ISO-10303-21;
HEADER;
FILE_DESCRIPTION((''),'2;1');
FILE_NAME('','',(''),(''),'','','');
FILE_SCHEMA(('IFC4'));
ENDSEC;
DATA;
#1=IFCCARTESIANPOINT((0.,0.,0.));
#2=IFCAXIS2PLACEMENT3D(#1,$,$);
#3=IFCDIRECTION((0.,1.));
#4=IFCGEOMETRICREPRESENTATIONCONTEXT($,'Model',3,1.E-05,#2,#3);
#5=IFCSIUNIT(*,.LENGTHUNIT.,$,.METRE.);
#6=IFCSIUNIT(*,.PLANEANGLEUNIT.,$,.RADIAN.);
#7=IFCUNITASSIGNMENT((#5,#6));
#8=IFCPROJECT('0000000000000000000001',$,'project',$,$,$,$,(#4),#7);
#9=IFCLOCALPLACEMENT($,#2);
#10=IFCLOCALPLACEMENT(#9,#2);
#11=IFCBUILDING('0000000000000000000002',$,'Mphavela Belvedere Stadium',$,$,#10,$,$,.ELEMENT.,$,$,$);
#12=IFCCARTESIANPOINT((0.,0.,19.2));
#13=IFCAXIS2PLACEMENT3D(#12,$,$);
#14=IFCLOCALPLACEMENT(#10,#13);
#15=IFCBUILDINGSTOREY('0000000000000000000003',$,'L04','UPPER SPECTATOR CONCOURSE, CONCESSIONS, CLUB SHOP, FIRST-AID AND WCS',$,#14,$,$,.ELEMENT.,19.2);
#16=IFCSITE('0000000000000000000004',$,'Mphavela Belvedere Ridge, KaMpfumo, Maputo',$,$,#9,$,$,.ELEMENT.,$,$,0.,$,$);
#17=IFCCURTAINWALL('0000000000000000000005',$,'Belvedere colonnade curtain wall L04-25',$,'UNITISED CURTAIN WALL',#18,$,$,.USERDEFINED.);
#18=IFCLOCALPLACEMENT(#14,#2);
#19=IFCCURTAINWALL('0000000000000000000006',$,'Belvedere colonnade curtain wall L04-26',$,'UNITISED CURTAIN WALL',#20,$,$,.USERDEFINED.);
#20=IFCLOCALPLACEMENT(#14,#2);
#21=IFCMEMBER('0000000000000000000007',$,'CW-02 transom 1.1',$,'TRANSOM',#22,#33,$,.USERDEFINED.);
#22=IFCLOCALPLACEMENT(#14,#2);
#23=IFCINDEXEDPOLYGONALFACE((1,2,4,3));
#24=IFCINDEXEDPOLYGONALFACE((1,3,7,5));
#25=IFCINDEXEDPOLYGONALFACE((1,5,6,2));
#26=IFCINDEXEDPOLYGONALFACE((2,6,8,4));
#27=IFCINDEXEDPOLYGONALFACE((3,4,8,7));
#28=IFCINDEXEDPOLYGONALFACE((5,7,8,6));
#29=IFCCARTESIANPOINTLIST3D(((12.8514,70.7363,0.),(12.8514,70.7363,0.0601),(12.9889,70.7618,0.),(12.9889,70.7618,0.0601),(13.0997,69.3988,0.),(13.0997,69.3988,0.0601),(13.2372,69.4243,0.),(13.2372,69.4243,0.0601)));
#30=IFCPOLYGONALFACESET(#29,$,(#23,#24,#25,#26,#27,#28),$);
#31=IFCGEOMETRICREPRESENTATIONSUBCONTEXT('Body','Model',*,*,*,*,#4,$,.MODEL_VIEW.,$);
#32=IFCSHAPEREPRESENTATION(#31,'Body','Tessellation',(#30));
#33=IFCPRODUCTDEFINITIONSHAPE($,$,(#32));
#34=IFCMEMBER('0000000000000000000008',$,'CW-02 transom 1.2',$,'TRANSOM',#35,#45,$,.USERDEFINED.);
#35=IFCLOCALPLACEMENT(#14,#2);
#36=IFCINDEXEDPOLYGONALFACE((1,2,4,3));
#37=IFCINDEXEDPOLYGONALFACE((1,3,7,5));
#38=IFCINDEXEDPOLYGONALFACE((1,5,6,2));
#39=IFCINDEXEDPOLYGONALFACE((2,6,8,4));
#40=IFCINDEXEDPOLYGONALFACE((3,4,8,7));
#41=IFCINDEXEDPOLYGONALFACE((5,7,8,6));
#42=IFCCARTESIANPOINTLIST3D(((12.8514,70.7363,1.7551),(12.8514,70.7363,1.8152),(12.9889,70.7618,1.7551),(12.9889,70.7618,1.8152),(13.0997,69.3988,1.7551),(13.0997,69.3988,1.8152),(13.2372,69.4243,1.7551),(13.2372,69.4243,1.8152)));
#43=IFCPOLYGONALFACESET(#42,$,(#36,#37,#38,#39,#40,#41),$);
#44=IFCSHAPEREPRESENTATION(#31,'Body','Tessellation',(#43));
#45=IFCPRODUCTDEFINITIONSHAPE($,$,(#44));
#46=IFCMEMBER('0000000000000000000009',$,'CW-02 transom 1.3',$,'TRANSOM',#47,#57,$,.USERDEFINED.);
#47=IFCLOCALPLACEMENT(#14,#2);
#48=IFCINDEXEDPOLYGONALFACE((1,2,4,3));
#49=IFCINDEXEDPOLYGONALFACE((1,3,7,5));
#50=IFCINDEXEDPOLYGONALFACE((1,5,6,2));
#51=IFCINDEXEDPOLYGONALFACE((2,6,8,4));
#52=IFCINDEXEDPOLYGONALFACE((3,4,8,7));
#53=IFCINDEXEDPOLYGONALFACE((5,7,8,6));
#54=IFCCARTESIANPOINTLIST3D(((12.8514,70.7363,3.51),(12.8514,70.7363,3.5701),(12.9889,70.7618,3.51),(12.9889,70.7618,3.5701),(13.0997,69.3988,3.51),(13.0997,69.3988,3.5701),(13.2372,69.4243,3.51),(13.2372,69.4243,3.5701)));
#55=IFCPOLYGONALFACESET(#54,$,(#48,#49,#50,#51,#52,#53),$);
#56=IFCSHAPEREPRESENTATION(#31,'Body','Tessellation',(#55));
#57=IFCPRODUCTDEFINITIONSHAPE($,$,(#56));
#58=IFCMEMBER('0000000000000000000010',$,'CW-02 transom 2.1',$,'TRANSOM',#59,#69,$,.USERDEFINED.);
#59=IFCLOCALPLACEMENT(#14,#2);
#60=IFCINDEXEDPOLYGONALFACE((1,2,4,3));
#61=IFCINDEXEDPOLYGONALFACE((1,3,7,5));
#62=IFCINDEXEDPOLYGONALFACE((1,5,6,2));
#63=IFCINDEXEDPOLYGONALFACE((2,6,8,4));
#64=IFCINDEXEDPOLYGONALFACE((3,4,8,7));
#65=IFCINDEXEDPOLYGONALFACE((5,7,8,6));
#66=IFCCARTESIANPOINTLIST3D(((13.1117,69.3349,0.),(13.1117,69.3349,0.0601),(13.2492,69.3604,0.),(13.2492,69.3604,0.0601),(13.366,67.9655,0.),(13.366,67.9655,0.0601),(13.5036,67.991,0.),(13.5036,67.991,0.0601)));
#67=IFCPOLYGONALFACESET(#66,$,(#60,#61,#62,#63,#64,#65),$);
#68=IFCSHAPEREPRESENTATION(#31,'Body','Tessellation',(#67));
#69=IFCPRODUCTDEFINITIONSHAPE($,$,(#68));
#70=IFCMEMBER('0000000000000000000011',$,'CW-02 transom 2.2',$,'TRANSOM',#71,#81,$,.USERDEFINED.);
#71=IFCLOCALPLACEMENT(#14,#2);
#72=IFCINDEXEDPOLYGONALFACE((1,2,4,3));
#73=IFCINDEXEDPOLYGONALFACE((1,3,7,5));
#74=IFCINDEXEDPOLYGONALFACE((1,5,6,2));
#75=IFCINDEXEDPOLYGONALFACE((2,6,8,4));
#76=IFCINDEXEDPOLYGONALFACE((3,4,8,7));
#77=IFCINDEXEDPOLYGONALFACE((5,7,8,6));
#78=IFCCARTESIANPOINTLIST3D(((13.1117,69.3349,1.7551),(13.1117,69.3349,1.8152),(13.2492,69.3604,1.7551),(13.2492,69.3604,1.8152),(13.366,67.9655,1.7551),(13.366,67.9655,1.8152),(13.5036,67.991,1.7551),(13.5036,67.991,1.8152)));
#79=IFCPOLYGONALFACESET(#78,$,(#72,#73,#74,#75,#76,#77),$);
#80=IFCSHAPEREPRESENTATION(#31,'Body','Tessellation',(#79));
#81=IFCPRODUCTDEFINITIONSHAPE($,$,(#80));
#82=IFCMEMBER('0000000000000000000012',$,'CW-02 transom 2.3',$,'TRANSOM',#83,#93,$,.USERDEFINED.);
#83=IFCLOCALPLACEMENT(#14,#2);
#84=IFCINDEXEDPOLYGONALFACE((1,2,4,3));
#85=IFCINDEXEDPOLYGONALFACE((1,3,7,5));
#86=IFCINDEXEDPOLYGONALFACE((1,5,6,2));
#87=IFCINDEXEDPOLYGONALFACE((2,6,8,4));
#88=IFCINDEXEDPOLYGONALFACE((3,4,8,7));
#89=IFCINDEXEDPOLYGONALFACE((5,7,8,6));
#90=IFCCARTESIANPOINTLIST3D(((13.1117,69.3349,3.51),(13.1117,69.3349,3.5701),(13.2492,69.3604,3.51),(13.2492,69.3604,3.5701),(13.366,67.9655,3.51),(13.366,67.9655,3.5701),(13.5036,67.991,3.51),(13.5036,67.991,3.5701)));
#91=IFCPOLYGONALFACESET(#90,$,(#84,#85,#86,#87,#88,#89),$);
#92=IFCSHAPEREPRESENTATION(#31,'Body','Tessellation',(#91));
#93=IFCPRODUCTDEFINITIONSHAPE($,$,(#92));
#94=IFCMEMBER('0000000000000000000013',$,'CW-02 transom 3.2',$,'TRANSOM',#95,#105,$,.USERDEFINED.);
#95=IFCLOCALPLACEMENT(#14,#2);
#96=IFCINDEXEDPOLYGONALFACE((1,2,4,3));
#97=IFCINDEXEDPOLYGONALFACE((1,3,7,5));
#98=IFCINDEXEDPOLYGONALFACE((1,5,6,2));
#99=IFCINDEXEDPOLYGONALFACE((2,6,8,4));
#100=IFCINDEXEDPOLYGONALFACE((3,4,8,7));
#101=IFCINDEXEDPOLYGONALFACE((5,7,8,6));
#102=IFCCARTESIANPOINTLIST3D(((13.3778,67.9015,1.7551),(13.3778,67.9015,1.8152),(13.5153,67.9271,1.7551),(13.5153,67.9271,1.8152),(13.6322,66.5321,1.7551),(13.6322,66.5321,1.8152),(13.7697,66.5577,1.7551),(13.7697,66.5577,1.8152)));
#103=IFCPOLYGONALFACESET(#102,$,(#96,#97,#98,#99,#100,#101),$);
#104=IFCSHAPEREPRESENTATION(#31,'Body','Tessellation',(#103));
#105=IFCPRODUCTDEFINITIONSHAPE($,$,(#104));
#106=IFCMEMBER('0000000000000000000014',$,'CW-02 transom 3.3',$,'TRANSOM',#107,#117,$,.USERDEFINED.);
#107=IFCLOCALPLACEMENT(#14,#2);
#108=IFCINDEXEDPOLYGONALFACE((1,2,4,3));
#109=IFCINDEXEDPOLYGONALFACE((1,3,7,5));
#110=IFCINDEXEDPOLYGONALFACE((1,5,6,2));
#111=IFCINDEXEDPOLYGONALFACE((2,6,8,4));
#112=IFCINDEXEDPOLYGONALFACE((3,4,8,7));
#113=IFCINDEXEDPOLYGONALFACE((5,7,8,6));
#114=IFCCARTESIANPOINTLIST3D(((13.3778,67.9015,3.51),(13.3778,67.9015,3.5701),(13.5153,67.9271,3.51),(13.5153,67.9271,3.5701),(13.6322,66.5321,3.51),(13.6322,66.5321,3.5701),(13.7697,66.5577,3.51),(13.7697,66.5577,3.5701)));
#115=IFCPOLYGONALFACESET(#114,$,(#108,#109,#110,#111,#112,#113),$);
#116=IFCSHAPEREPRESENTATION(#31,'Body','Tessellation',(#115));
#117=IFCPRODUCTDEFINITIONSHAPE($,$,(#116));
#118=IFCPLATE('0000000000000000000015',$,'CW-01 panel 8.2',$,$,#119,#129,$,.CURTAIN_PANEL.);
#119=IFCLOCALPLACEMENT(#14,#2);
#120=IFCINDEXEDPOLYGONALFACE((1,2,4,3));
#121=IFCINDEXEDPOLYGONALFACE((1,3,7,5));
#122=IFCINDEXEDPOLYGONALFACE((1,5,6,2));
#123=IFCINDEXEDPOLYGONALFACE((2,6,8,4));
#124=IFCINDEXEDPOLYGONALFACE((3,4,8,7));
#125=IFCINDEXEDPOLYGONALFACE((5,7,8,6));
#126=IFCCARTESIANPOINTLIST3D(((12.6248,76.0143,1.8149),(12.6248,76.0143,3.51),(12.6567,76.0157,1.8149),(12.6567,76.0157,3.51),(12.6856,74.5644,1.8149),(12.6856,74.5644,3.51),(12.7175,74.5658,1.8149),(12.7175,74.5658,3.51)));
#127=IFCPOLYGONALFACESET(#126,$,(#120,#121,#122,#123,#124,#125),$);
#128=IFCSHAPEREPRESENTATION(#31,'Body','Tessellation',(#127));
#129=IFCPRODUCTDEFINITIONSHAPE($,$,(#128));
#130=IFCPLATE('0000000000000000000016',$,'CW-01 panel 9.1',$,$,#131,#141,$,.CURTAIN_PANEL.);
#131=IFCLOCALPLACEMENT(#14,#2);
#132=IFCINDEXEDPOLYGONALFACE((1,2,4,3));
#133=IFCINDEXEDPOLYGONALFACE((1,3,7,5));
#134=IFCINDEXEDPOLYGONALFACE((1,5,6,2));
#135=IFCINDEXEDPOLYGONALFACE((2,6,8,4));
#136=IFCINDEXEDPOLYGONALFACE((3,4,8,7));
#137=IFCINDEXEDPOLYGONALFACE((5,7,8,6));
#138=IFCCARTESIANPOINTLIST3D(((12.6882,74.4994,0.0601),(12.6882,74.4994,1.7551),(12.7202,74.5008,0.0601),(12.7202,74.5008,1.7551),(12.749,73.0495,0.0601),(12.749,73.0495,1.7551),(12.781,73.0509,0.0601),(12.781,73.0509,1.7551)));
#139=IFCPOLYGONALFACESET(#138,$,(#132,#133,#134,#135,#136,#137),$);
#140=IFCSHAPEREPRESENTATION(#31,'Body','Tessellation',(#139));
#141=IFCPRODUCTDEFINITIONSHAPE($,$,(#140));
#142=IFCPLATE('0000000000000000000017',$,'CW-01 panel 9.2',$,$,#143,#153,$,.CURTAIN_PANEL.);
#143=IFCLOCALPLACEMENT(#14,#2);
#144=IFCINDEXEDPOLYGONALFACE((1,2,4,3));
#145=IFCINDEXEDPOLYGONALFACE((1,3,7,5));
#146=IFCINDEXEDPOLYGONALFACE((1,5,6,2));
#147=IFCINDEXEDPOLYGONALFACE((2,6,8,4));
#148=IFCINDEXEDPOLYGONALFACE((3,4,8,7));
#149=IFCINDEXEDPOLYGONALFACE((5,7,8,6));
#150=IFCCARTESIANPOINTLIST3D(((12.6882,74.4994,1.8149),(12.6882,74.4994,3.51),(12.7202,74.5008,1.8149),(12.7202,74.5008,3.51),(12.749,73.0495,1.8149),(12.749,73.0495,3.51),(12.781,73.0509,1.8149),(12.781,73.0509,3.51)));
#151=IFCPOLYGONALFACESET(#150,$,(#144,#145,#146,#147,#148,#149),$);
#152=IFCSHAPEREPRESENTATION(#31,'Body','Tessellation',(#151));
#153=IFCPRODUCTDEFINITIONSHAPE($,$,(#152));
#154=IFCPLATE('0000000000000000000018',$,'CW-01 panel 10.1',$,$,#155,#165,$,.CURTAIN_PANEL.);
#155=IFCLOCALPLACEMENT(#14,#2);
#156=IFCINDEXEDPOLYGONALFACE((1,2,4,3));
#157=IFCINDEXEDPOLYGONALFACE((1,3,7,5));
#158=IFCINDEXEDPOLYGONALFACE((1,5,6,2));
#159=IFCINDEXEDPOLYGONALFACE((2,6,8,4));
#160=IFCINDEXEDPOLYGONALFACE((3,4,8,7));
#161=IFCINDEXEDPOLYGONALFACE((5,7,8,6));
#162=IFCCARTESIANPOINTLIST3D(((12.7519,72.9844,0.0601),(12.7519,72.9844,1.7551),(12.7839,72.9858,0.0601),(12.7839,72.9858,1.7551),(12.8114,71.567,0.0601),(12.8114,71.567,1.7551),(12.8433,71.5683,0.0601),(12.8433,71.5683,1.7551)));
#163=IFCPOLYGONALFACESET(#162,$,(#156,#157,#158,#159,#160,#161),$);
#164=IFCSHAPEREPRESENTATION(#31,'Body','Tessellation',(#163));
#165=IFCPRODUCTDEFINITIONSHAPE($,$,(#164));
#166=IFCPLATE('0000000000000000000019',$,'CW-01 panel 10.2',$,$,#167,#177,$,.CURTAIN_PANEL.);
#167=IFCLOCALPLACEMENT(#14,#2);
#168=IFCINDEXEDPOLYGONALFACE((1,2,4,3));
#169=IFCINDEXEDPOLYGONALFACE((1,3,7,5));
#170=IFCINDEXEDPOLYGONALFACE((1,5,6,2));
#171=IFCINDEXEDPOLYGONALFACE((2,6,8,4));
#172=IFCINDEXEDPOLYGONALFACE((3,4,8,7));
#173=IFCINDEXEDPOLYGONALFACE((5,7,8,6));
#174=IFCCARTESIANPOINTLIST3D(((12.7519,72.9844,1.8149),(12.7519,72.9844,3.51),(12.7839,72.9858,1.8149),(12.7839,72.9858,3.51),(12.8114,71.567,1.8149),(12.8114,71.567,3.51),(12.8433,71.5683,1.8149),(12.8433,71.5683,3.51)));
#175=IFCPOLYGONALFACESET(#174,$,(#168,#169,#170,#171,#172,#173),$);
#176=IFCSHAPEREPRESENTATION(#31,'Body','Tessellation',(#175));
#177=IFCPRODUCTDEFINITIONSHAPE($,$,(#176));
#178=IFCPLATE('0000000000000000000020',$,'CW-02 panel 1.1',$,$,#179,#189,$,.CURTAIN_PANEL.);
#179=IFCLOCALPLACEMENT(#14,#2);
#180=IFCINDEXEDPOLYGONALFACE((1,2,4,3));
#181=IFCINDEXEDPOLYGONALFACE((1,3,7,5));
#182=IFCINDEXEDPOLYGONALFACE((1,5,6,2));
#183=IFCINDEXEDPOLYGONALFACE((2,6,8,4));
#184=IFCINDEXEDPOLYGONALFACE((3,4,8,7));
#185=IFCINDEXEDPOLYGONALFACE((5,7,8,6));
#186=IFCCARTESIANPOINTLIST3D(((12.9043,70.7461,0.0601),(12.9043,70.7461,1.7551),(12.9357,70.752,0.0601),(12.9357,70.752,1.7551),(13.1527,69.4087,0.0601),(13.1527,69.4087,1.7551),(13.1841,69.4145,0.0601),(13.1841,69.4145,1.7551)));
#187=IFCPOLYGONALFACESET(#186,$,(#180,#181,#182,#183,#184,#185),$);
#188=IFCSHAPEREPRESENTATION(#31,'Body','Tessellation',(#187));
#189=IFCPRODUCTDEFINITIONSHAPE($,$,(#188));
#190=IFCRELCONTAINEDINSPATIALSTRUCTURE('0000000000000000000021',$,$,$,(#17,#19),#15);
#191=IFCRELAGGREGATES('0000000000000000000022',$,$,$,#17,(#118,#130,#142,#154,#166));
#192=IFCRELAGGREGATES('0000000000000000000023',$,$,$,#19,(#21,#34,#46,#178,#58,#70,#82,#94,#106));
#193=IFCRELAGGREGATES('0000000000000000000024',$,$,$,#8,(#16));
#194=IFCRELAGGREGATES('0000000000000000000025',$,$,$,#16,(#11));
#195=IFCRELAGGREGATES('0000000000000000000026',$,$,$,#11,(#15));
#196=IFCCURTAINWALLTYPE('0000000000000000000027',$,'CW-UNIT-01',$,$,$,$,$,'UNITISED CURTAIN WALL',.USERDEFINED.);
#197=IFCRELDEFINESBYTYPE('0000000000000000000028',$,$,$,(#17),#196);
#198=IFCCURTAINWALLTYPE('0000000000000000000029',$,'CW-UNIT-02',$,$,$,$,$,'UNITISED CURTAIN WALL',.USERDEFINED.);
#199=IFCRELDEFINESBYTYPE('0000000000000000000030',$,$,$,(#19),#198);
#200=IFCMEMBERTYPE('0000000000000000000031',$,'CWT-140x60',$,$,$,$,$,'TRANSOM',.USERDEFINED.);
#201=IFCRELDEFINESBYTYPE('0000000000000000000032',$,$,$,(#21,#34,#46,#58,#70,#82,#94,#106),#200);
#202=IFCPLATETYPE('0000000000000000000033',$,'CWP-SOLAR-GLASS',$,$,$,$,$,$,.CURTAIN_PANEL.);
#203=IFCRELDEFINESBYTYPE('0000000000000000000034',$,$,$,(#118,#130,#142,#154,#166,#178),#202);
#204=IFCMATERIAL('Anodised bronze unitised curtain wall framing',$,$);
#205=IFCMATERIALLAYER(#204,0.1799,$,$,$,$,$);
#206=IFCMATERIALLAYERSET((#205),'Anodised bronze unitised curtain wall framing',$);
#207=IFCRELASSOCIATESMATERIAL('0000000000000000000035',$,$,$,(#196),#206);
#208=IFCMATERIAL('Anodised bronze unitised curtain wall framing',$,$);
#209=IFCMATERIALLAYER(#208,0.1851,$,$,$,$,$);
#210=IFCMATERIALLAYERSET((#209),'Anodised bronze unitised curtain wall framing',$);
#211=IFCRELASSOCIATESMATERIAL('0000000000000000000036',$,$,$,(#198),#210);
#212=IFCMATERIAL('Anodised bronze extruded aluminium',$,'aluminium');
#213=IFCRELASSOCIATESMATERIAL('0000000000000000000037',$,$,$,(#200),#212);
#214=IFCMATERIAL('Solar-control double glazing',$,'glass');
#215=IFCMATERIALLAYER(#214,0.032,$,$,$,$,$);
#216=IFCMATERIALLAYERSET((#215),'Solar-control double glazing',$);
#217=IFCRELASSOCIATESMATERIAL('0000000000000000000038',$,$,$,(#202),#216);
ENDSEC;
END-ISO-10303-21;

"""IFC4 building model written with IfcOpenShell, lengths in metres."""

from ifc_helpers import new_model, si_unit, direction, frame, origin, origin_2d, place, context, subcontext, project, spatial, rectangle, extrude, material, layer, layer_set, material_profile, profile_set, type_object, element, aggregate, save


model = new_model("IFC4")

# Units and contexts
model_context = context("Model", 3, precision=1e-05, world=origin(), true_north=direction((0.0, 1.0)))
body_context = subcontext(model_context, "Body", "Model", "MODEL_VIEW")
ifc_project = project(units=[si_unit("LENGTHUNIT", "METRE"), si_unit("PLANEANGLEUNIT", "RADIAN")], contexts=[model_context])

# Site, building, storey
site_placement = place(None, origin())
site = spatial("IfcSite", under=ifc_project, at=site_placement, Name="Mphavela Belvedere Ridge, KaMpfumo, Maputo", CompositionType="ELEMENT", RefElevation=0.0)
building_placement = place(site_placement, origin())
building = spatial("IfcBuilding", under=site, at=building_placement, Name="Mphavela Belvedere Stadium", CompositionType="ELEMENT")
storey_placement = place(building_placement, frame((0.0, 0.0, 19.2)))
storey = spatial("IfcBuildingStorey", under=building, at=storey_placement, Name="L04", Description="UPPER SPECTATOR CONCOURSE, CONCESSIONS, CLUB SHOP, FIRST-AID AND WCS", CompositionType="ELEMENT", Elevation=19.2)

# Curtain walls
ifc_material_1 = material(Name="Anodised bronze unitised curtain wall framing")
ifc_layer_1 = layer(ifc_material_1, 0.1799)
ifc_layer_set_1 = layer_set([ifc_layer_1], Name="Anodised bronze unitised curtain wall framing")
curtain_wall_type_1 = type_object("IfcCurtainWallType", Name="CW-UNIT-01", ElementType="UNITISED CURTAIN WALL", PredefinedType="USERDEFINED", material=ifc_layer_set_1)
curtain_wall_1_placement = place(storey_placement, origin())
curtain_wall_1 = element("IfcCurtainWall", 1, at=curtain_wall_1_placement, inside=storey, type_object=curtain_wall_type_1, Name="Belvedere colonnade curtain wall L04-25", ObjectType="UNITISED CURTAIN WALL", PredefinedType="USERDEFINED")
ifc_material_2 = material(Name="Anodised bronze unitised curtain wall framing")
ifc_layer_2 = layer(ifc_material_2, 0.1851)
ifc_layer_set_2 = layer_set([ifc_layer_2], Name="Anodised bronze unitised curtain wall framing")
curtain_wall_type_2 = type_object("IfcCurtainWallType", Name="CW-UNIT-02", ElementType="UNITISED CURTAIN WALL", PredefinedType="USERDEFINED", material=ifc_layer_set_2)
curtain_wall_2_placement = place(storey_placement, origin())
curtain_wall_2 = element("IfcCurtainWall", 2, at=curtain_wall_2_placement, inside=storey, type_object=curtain_wall_type_2, Name="Belvedere colonnade curtain wall L04-26", ObjectType="UNITISED CURTAIN WALL", PredefinedType="USERDEFINED")

# Members
ifc_material_3 = material(Name="Anodised bronze extruded aluminium", Category="aluminium")
ifc_material_profile_1 = material_profile(ifc_material_3, rectangle(XDim=0.1399, YDim=0.0601, at=origin_2d()), Name="CW-TRN 140x60")
ifc_profile_set_1 = profile_set([ifc_material_profile_1], Name="Anodised bronze extruded aluminium")
member_type_1 = type_object("IfcMemberType", Name="CWT-140x60", ElementType="TRANSOM", PredefinedType="USERDEFINED", material=ifc_profile_set_1)
member_1_placement = place(storey_placement, frame((12.9202, 70.749, 0.03), z_axis=(0.182533, -0.9832, 0.0), x_axis=(0.9832, 0.182533, 0.0)))
member_1 = element("IfcMember", 3, at=member_1_placement, type_object=member_type_1, Name="CW-02 transom 1.1", ObjectType="TRANSOM", PredefinedType="USERDEFINED", context=body_context, shape_type="SweptSolid", body=[
    extrude(rectangle(XDim=0.1399, YDim=0.0601, at=origin_2d()), origin(), (0.0, 0.0, 1.0), 1.3604),
])
member_2_placement = place(storey_placement, frame((12.9202, 70.749, 1.7852), z_axis=(0.182533, -0.9832, 0.0), x_axis=(0.9832, 0.182533, 0.0)))
member_2 = element("IfcMember", 4, at=member_2_placement, type_object=member_type_1, Name="CW-02 transom 1.2", ObjectType="TRANSOM", PredefinedType="USERDEFINED", context=body_context, shape_type="SweptSolid", body=[
    extrude(rectangle(XDim=0.1399, YDim=0.0601, at=origin_2d()), origin(), (0.0, 0.0, 1.0), 1.3604),
])
member_3_placement = place(storey_placement, frame((12.9202, 70.749, 3.54), z_axis=(0.182533, -0.9832, 0.0), x_axis=(0.9832, 0.182533, 0.0)))
member_3 = element("IfcMember", 5, at=member_3_placement, type_object=member_type_1, Name="CW-02 transom 1.3", ObjectType="TRANSOM", PredefinedType="USERDEFINED", context=body_context, shape_type="SweptSolid", body=[
    extrude(rectangle(XDim=0.1399, YDim=0.0601, at=origin_2d()), origin(), (0.0, 0.0, 1.0), 1.3604),
])
member_4_placement = place(storey_placement, frame((13.1804, 69.3477, 0.03), z_axis=(0.182648, -0.983178, 0.0), x_axis=(0.983178, 0.182648, 0.0)))
member_4 = element("IfcMember", 6, at=member_4_placement, type_object=member_type_1, Name="CW-02 transom 2.1", ObjectType="TRANSOM", PredefinedType="USERDEFINED", context=body_context, shape_type="SweptSolid", body=[
    extrude(rectangle(XDim=0.1399, YDim=0.0601, at=origin_2d()), origin(), (0.0, 0.0, 1.0), 1.3928),
])
member_5_placement = place(storey_placement, frame((13.1804, 69.3477, 1.7852), z_axis=(0.182648, -0.983178, 0.0), x_axis=(0.983178, 0.182648, 0.0)))
member_5 = element("IfcMember", 7, at=member_5_placement, type_object=member_type_1, Name="CW-02 transom 2.2", ObjectType="TRANSOM", PredefinedType="USERDEFINED", context=body_context, shape_type="SweptSolid", body=[
    extrude(rectangle(XDim=0.1399, YDim=0.0601, at=origin_2d()), origin(), (0.0, 0.0, 1.0), 1.3928),
])
member_6_placement = place(storey_placement, frame((13.1804, 69.3477, 3.54), z_axis=(0.182648, -0.983178, 0.0), x_axis=(0.983178, 0.182648, 0.0)))
member_6 = element("IfcMember", 8, at=member_6_placement, type_object=member_type_1, Name="CW-02 transom 2.3", ObjectType="TRANSOM", PredefinedType="USERDEFINED", context=body_context, shape_type="SweptSolid", body=[
    extrude(rectangle(XDim=0.1399, YDim=0.0601, at=origin_2d()), origin(), (0.0, 0.0, 1.0), 1.3928),
])
member_7_placement = place(storey_placement, frame((13.4465, 67.9143, 1.7852), z_axis=(0.182648, -0.983178, 0.0), x_axis=(0.983178, 0.182648, 0.0)))
member_7 = element("IfcMember", 9, at=member_7_placement, type_object=member_type_1, Name="CW-02 transom 3.2", ObjectType="TRANSOM", PredefinedType="USERDEFINED", context=body_context, shape_type="SweptSolid", body=[
    extrude(rectangle(XDim=0.1399, YDim=0.0601, at=origin_2d()), origin(), (0.0, 0.0, 1.0), 1.3928),
])
member_8_placement = place(storey_placement, frame((13.4465, 67.9143, 3.54), z_axis=(0.182648, -0.983178, 0.0), x_axis=(0.983178, 0.182648, 0.0)))
member_8 = element("IfcMember", 10, at=member_8_placement, type_object=member_type_1, Name="CW-02 transom 3.3", ObjectType="TRANSOM", PredefinedType="USERDEFINED", context=body_context, shape_type="SweptSolid", body=[
    extrude(rectangle(XDim=0.1399, YDim=0.0601, at=origin_2d()), origin(), (0.0, 0.0, 1.0), 1.3928),
])

# Plates
ifc_material_4 = material(Name="Solar-control double glazing", Category="glass")
ifc_layer_3 = layer(ifc_material_4, 0.032)
ifc_layer_set_3 = layer_set([ifc_layer_3], Name="Solar-control double glazing")
plate_type = type_object("IfcPlateType", Name="CWP-SOLAR-GLASS", PredefinedType="CURTAIN_PANEL", material=ifc_layer_set_3)
plate_1_placement = place(storey_placement, frame((12.6711, 75.29, 1.8149), z_axis=(0.0, 0.0, 1.0), x_axis=(0.041905, -0.999122, 0.0)))
plate_1 = element("IfcPlate", 11, at=plate_1_placement, type_object=plate_type, Name="CW-01 panel 8.2", PredefinedType="CURTAIN_PANEL", context=body_context, shape_type="SweptSolid", body=[
    extrude(rectangle(XDim=1.4512, YDim=0.032, at=origin_2d()), origin(), (0.0, 0.0, 1.0), 1.6951),
])
plate_2_placement = place(storey_placement, frame((12.7346, 73.7751, 0.0601), z_axis=(0.0, 0.0, 1.0), x_axis=(0.041905, -0.999122, 0.0)))
plate_2 = element("IfcPlate", 12, at=plate_2_placement, type_object=plate_type, Name="CW-01 panel 9.1", PredefinedType="CURTAIN_PANEL", context=body_context, shape_type="SweptSolid", body=[
    extrude(rectangle(XDim=1.4512, YDim=0.032, at=origin_2d()), origin(), (0.0, 0.0, 1.0), 1.6951),
])
plate_3_placement = place(storey_placement, frame((12.7346, 73.7751, 1.8149), z_axis=(0.0, 0.0, 1.0), x_axis=(0.041905, -0.999122, 0.0)))
plate_3 = element("IfcPlate", 13, at=plate_3_placement, type_object=plate_type, Name="CW-01 panel 9.2", PredefinedType="CURTAIN_PANEL", context=body_context, shape_type="SweptSolid", body=[
    extrude(rectangle(XDim=1.4512, YDim=0.032, at=origin_2d()), origin(), (0.0, 0.0, 1.0), 1.6951),
])
plate_4_placement = place(storey_placement, frame((12.7976, 72.2764, 0.0601), z_axis=(0.0, 0.0, 1.0), x_axis=(0.041905, -0.999122, 0.0)))
plate_4 = element("IfcPlate", 14, at=plate_4_placement, type_object=plate_type, Name="CW-01 panel 10.1", PredefinedType="CURTAIN_PANEL", context=body_context, shape_type="SweptSolid", body=[
    extrude(rectangle(XDim=1.4187, YDim=0.032, at=origin_2d()), origin(), (0.0, 0.0, 1.0), 1.6951),
])
plate_5_placement = place(storey_placement, frame((12.7976, 72.2764, 1.8149), z_axis=(0.0, 0.0, 1.0), x_axis=(0.041905, -0.999122, 0.0)))
plate_5 = element("IfcPlate", 15, at=plate_5_placement, type_object=plate_type, Name="CW-01 panel 10.2", PredefinedType="CURTAIN_PANEL", context=body_context, shape_type="SweptSolid", body=[
    extrude(rectangle(XDim=1.4187, YDim=0.032, at=origin_2d()), origin(), (0.0, 0.0, 1.0), 1.6951),
])
aggregate(curtain_wall_1, [plate_1, plate_2, plate_3, plate_4, plate_5])
plate_6_placement = place(storey_placement, frame((13.0442, 70.0803, 0.0601), z_axis=(0.0, 0.0, 1.0), x_axis=(0.182618, -0.983184, 0.0)))
plate_6 = element("IfcPlate", 16, at=plate_6_placement, type_object=plate_type, Name="CW-02 panel 1.1", PredefinedType="CURTAIN_PANEL", context=body_context, shape_type="SweptSolid", body=[
    extrude(rectangle(XDim=1.3604, YDim=0.032, at=origin_2d()), origin(), (0.0, 0.0, 1.0), 1.6951),
])
aggregate(curtain_wall_2, [member_1, member_2, member_3, plate_6, member_4, member_5, member_6, member_7, member_8])

save(model, "model.ifc")
